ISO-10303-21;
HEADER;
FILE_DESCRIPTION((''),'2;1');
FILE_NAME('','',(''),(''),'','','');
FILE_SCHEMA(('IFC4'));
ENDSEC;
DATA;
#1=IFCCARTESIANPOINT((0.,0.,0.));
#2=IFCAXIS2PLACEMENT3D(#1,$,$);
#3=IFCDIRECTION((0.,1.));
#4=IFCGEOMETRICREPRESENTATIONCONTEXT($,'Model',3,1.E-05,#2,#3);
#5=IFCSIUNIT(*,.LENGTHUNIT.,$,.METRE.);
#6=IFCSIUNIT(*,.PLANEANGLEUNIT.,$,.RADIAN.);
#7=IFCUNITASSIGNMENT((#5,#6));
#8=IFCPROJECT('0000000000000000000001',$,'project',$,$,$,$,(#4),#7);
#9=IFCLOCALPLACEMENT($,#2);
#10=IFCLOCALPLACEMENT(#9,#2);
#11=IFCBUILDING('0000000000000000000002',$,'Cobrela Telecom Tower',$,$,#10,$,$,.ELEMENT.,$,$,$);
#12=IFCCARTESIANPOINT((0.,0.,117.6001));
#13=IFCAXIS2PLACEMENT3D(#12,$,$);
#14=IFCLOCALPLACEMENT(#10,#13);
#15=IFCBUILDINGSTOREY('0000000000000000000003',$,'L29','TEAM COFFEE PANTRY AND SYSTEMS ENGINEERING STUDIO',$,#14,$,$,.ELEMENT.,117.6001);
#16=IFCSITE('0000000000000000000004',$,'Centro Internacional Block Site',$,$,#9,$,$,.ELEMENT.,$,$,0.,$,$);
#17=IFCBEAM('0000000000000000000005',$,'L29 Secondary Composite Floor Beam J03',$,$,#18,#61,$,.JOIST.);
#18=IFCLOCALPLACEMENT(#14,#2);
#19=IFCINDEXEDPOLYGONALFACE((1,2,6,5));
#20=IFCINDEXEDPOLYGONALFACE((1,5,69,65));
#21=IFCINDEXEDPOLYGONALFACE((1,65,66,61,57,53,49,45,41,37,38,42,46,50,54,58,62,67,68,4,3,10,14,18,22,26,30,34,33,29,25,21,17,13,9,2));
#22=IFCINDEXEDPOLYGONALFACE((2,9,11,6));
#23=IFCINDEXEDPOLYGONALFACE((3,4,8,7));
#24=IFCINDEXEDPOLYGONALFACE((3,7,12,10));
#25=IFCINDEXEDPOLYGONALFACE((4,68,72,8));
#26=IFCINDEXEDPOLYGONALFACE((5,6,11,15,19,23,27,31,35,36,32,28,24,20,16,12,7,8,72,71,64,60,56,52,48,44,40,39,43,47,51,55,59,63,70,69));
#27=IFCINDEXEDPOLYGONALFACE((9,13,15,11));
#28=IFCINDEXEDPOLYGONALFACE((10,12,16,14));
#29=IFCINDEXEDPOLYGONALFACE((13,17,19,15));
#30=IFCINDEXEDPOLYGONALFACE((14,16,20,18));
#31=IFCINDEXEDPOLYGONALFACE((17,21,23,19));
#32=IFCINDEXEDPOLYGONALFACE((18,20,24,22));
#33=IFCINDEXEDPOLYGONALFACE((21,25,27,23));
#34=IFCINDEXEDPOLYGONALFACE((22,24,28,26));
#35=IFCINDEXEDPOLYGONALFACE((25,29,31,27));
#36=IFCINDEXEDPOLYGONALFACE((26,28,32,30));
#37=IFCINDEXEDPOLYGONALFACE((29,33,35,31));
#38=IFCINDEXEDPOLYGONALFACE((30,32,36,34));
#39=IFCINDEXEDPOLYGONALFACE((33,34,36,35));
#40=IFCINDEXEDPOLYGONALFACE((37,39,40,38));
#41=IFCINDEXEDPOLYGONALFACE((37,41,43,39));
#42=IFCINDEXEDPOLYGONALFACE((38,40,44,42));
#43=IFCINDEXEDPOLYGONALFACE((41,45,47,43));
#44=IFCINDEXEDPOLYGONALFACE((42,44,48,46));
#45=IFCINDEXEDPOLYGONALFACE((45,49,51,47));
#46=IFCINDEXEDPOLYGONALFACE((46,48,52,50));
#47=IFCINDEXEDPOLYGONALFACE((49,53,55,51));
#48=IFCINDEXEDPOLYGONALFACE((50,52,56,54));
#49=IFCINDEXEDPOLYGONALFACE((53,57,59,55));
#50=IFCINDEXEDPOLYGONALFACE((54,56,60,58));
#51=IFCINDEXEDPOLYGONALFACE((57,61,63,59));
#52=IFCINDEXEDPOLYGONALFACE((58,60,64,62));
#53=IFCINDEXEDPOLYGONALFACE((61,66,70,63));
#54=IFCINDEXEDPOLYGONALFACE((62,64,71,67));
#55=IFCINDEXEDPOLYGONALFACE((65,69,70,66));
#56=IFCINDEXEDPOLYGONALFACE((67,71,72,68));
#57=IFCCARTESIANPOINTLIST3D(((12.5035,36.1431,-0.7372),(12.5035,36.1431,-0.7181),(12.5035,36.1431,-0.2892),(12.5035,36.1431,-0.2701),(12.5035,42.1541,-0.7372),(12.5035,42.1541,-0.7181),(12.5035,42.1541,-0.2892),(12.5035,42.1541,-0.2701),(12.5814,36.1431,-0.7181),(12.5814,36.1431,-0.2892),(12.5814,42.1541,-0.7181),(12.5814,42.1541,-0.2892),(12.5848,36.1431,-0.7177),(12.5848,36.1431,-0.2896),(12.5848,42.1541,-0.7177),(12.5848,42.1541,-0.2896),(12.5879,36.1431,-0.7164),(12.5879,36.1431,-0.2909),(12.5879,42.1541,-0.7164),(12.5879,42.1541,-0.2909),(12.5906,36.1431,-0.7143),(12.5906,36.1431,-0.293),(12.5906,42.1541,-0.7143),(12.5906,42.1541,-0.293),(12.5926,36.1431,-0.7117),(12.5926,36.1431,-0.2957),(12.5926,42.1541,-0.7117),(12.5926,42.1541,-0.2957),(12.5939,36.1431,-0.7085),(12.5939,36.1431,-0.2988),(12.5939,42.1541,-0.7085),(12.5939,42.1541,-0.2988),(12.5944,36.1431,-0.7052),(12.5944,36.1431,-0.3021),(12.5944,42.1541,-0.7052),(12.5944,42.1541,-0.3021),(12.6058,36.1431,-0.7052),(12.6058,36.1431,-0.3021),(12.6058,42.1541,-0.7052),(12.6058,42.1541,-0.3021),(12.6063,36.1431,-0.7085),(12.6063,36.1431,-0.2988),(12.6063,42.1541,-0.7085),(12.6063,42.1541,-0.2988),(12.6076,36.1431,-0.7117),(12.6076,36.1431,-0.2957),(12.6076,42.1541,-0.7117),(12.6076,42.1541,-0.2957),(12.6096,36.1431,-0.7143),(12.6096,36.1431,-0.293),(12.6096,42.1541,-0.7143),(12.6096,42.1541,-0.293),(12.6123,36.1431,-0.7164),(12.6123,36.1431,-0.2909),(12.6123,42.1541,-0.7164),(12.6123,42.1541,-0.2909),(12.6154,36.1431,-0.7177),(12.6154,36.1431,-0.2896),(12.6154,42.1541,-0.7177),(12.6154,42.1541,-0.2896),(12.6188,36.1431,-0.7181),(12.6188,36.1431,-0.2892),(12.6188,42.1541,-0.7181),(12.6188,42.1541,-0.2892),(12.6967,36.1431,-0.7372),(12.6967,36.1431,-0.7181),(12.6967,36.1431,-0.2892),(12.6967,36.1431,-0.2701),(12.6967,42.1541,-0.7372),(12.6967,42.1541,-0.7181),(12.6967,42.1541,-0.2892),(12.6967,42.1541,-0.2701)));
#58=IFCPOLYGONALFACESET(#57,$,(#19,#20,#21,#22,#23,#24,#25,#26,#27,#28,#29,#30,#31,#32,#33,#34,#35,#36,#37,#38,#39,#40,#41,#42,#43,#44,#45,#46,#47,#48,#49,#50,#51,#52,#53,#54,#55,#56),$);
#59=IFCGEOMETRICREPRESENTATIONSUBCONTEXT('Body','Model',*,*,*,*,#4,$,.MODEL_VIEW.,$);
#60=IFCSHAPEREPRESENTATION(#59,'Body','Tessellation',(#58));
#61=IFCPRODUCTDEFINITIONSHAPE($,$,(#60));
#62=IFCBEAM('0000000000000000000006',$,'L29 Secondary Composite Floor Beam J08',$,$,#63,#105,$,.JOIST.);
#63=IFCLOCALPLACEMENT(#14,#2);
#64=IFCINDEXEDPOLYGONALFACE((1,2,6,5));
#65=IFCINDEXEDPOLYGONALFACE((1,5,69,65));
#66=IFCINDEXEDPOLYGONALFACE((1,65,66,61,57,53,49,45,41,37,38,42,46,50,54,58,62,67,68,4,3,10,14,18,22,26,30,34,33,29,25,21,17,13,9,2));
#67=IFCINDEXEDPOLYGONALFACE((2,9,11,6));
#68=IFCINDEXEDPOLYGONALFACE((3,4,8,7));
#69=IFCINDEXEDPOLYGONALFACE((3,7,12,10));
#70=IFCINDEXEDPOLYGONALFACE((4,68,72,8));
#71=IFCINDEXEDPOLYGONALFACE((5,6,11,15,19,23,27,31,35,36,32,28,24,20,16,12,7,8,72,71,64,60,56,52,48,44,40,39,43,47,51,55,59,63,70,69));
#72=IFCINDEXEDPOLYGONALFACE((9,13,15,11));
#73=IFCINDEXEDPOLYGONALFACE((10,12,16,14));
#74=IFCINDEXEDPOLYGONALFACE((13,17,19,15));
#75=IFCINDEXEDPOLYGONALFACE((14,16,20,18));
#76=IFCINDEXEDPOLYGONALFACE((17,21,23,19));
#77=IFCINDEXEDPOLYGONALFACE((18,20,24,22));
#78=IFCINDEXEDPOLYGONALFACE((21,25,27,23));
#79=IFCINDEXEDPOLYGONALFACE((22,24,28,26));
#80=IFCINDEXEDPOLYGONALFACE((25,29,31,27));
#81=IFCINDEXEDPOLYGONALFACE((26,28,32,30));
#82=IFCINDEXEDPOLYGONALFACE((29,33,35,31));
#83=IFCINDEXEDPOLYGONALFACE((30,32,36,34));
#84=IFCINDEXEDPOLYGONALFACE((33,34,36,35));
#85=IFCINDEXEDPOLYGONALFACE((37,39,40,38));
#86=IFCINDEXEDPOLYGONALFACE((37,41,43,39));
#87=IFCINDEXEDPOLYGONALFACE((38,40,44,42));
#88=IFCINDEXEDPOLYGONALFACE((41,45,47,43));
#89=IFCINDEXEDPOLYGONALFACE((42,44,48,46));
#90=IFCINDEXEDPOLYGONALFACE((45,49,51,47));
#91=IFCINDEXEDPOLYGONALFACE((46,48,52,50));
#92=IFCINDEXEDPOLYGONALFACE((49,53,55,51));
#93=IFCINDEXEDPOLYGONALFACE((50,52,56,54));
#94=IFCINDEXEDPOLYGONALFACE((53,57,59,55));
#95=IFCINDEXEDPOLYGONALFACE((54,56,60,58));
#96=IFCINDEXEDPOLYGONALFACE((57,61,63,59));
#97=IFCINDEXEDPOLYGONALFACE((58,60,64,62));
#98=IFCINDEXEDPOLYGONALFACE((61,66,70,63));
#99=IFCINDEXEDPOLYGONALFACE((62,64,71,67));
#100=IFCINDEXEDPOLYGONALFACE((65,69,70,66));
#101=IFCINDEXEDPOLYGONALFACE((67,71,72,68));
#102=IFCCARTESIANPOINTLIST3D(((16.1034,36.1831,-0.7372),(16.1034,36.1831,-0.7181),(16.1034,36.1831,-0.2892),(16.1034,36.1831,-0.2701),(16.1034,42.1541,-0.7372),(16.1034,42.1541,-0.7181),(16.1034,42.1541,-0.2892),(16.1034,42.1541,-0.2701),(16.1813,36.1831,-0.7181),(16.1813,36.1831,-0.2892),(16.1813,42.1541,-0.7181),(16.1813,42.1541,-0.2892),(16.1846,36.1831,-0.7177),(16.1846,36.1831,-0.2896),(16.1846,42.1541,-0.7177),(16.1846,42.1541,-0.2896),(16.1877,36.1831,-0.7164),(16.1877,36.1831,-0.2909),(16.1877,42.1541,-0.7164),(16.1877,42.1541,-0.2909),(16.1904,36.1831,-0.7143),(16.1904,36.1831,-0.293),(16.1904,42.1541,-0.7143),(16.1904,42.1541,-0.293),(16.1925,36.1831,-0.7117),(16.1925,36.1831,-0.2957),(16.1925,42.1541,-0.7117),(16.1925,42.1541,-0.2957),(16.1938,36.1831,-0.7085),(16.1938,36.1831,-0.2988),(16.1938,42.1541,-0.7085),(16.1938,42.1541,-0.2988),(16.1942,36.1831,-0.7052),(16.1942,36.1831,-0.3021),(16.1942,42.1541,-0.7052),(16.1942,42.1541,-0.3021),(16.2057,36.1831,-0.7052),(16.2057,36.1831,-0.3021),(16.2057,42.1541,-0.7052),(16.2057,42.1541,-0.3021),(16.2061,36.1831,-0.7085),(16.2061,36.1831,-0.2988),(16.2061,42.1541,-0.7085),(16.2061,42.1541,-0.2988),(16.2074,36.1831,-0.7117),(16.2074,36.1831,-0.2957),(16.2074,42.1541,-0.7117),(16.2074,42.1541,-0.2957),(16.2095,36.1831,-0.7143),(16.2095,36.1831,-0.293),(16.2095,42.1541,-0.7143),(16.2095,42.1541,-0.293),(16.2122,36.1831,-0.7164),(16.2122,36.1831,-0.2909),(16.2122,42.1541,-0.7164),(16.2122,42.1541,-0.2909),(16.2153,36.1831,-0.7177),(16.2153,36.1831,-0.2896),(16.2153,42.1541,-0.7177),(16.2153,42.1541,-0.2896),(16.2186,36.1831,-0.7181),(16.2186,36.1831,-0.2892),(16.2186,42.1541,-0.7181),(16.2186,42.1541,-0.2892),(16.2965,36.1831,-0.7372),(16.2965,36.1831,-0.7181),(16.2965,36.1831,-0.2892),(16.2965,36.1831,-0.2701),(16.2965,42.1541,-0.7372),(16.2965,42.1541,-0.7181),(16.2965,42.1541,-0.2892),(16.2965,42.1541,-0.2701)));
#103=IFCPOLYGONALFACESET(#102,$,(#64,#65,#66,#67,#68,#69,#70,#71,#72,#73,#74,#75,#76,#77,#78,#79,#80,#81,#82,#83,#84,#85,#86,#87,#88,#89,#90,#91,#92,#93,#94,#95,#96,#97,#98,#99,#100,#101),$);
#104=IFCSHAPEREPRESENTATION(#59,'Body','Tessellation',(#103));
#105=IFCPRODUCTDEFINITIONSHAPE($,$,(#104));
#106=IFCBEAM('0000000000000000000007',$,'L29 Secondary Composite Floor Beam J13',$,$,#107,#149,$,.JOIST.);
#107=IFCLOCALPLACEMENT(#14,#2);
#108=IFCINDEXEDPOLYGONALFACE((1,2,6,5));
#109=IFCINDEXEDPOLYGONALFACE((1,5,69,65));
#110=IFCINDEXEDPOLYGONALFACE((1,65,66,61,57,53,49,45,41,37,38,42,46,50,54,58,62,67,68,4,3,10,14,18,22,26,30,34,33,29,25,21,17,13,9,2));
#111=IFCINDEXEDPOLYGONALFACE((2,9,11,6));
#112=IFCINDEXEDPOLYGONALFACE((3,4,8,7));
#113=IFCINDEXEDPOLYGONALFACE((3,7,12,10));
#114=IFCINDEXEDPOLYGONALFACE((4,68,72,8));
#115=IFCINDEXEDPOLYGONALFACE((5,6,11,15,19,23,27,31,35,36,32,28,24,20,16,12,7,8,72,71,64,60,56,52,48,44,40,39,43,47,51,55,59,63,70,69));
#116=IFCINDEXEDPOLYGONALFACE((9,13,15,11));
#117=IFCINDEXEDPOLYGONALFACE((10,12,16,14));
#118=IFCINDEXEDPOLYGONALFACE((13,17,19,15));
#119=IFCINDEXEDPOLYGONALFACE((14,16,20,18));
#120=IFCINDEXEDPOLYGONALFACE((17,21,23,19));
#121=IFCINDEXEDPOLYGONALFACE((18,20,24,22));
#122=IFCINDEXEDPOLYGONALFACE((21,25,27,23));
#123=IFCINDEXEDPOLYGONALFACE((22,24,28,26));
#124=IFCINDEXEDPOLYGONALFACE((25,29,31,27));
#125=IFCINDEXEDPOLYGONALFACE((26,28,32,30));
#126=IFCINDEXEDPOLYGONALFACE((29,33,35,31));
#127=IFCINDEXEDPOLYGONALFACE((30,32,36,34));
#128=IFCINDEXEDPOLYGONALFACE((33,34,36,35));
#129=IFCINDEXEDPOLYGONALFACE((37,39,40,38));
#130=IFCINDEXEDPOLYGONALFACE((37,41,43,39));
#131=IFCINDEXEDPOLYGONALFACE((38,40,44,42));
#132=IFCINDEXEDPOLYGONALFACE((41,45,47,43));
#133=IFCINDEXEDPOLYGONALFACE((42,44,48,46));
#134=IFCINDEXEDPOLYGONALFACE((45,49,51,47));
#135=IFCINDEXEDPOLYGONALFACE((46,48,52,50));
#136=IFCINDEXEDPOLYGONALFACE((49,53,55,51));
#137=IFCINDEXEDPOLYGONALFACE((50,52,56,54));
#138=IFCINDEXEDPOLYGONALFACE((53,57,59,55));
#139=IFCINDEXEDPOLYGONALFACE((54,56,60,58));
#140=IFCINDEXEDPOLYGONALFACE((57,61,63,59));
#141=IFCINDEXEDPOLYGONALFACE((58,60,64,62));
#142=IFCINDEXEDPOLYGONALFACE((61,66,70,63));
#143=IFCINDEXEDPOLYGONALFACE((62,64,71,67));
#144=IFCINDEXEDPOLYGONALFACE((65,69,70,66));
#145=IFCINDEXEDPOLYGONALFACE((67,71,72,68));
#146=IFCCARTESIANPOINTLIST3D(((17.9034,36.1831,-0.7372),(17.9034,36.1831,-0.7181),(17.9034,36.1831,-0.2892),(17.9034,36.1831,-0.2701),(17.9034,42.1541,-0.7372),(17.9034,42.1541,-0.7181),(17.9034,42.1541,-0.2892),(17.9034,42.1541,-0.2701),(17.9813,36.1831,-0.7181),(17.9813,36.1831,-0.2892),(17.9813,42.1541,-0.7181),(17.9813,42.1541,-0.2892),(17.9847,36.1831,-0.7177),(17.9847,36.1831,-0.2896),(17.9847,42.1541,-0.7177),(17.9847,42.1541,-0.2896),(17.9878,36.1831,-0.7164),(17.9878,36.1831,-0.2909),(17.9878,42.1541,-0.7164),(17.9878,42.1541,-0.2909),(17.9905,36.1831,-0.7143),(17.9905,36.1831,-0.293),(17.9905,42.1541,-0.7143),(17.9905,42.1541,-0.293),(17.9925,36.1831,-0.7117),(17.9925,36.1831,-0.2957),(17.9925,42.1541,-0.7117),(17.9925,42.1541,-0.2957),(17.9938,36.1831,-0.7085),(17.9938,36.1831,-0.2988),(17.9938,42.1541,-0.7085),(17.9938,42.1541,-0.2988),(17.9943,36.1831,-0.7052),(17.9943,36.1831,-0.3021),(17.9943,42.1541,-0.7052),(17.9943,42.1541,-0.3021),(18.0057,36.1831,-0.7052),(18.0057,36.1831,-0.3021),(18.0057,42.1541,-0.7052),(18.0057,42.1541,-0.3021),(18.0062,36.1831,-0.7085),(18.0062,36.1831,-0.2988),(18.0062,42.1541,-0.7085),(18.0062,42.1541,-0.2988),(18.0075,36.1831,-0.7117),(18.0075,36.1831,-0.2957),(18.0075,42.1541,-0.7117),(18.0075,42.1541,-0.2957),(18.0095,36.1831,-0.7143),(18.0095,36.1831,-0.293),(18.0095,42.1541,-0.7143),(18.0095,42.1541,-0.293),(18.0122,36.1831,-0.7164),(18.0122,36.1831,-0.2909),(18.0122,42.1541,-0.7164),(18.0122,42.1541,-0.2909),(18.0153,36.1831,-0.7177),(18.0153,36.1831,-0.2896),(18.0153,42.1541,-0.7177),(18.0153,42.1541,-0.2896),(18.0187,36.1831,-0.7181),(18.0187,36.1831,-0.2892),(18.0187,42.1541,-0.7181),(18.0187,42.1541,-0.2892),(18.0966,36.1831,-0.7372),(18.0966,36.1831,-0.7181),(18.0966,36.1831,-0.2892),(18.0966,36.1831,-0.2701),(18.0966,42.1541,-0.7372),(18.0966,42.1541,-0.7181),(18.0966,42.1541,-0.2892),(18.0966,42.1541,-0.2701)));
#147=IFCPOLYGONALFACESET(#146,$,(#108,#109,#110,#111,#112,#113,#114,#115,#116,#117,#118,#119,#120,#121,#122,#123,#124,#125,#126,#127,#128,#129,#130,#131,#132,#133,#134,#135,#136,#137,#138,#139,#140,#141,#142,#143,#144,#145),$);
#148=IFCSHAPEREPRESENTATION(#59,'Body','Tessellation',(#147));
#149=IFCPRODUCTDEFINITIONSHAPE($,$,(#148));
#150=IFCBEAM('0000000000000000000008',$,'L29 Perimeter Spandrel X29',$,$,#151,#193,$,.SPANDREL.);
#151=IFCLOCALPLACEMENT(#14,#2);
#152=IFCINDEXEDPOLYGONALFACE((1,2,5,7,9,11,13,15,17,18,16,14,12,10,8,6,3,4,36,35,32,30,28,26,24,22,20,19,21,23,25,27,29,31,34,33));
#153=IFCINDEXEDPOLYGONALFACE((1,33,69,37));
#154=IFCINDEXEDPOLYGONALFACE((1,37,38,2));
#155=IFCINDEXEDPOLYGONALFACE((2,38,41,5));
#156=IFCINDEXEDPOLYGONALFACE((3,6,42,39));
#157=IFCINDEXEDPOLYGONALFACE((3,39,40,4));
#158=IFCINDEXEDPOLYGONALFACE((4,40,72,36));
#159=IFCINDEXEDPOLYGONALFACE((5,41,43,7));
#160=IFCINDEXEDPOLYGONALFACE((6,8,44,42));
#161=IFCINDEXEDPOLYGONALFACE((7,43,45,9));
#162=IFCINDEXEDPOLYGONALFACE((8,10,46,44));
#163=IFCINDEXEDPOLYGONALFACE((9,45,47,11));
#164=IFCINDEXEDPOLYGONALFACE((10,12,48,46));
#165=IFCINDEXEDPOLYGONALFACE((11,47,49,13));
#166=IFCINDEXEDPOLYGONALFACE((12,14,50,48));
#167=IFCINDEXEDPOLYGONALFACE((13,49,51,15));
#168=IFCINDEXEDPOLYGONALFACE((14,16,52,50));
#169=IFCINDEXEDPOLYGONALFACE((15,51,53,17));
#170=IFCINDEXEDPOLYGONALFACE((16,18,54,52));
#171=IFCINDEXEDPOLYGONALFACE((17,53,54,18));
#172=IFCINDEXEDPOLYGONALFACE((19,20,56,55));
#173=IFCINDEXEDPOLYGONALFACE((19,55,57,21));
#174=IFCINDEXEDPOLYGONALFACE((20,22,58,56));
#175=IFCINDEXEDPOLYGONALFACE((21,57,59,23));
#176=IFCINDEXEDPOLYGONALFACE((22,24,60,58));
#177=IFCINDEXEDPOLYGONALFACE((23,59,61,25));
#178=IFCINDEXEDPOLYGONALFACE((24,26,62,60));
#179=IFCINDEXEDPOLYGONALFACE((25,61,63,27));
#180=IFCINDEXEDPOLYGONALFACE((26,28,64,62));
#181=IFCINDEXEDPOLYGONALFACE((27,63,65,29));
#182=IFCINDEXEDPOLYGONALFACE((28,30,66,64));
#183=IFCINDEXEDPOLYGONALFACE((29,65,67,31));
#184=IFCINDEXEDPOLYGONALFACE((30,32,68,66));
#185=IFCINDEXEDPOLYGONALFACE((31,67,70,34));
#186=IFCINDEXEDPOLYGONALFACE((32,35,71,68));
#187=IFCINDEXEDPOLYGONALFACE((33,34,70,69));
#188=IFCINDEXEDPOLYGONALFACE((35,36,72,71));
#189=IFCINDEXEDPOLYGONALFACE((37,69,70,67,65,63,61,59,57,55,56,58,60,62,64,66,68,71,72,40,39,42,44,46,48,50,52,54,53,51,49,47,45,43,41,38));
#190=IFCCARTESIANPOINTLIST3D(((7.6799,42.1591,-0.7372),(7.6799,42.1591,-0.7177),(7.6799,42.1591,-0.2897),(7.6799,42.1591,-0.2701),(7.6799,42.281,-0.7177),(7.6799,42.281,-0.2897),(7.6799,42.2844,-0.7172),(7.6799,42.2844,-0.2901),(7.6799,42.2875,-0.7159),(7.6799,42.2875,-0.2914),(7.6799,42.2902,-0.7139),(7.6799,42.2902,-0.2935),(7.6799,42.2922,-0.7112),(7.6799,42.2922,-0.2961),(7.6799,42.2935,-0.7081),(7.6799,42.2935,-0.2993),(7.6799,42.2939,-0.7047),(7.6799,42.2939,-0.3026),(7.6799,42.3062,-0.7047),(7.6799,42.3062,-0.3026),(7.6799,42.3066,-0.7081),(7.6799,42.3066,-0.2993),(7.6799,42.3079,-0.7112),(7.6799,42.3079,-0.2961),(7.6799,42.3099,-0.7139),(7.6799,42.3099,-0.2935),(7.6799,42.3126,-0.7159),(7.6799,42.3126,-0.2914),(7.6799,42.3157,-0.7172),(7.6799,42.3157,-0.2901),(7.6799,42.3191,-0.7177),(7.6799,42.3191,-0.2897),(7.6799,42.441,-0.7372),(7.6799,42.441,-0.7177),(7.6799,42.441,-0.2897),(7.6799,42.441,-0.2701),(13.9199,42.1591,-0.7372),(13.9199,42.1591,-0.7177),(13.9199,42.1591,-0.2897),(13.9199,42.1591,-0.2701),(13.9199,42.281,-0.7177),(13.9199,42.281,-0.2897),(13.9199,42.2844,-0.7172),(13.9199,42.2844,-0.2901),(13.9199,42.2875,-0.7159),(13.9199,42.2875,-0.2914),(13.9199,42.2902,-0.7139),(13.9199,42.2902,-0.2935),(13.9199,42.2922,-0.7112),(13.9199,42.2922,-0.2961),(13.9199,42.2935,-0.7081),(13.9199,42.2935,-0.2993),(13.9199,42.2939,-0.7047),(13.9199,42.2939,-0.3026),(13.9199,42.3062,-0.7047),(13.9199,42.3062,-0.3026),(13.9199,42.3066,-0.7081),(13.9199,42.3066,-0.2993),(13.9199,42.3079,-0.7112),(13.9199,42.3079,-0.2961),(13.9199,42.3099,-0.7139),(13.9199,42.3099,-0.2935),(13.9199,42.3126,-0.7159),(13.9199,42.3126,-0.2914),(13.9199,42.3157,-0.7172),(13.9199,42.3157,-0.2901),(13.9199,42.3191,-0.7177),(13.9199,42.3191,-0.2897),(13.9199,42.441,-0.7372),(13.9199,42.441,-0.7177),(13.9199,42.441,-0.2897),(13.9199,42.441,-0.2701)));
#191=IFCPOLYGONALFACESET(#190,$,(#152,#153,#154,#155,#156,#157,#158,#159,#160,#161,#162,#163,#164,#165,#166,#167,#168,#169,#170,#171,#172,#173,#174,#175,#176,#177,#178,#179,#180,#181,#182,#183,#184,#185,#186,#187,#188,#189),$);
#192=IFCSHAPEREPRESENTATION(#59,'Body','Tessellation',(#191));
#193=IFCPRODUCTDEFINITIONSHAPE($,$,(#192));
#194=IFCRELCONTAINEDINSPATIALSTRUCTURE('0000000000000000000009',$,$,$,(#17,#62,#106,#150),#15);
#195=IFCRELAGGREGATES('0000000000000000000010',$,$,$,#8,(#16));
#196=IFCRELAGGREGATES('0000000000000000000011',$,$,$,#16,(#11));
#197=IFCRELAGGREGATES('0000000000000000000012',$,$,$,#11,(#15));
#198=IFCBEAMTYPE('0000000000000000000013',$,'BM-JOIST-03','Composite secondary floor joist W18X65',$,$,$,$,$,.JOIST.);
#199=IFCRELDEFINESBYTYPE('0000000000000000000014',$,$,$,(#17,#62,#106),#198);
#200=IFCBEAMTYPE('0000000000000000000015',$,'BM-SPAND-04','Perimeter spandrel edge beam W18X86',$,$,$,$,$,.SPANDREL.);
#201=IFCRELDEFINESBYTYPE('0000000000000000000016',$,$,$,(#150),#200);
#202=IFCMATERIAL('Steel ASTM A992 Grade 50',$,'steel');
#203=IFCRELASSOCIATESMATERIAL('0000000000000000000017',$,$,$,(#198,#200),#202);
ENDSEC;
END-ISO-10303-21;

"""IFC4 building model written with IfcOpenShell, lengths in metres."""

from ifc_helpers import new_model, si_unit, direction, frame, origin, origin_2d, place, context, subcontext, project, spatial, i_section, extrude, material, material_profile, profile_set, type_object, element, save


model = new_model("IFC4")

# Units and contexts
model_context = context("Model", 3, precision=1e-05, world=origin(), true_north=direction((0.0, 1.0)))
body_context = subcontext(model_context, "Body", "Model", "MODEL_VIEW")
ifc_project = project(units=[si_unit("LENGTHUNIT", "METRE"), si_unit("PLANEANGLEUNIT", "RADIAN")], contexts=[model_context])

# Site, building, storey
site_placement = place(None, origin())
site = spatial("IfcSite", under=ifc_project, at=site_placement, Name="Centro Internacional Block Site", CompositionType="ELEMENT", RefElevation=0.0)
building_placement = place(site_placement, origin())
building = spatial("IfcBuilding", under=site, at=building_placement, Name="Cobrela Telecom Tower", CompositionType="ELEMENT")
storey_placement = place(building_placement, frame((0.0, 0.0, 117.6001)))
storey = spatial("IfcBuildingStorey", under=building, at=storey_placement, Name="L29", Description="TEAM COFFEE PANTRY AND SYSTEMS ENGINEERING STUDIO", CompositionType="ELEMENT", Elevation=117.6001)

# Beams
ifc_material_1 = material(Name="Steel ASTM A992 Grade 50", Category="steel")
ifc_material_profile_1 = material_profile(ifc_material_1, i_section(OverallWidth=0.1931, OverallDepth=0.467, WebThickness=0.0115, FlangeThickness=0.019, FilletRadius=0.0129, at=origin_2d()), Name="W18X65")
ifc_profile_set_1 = profile_set([ifc_material_profile_1], Name="Steel ASTM A992 Grade 50")
beam_type_1 = type_object("IfcBeamType", Name="BM-JOIST-03", Description="Composite secondary floor joist W18X65", PredefinedType="JOIST", material=ifc_profile_set_1)
for number, where, z_axis, x_axis, name in (
    (1, (12.6001, 36.1431, -0.5037), (0.0, 1.0, 0.0), (-1.0, 0.0, 0.0), "L29 Secondary Composite Floor Beam J03"),
):
    element("IfcBeam", number, at=place(storey_placement, frame(where, z_axis=z_axis, x_axis=x_axis)), inside=storey, type_object=beam_type_1, Name=name, PredefinedType="JOIST", context=body_context, shape_type="SweptSolid", body=[
        extrude(i_section(OverallWidth=0.1931, OverallDepth=0.467, WebThickness=0.0115, FlangeThickness=0.019, FilletRadius=0.0129, at=origin_2d()), origin(), (0.0, 0.0, 1.0), 6.011),
    ])
for number, where, z_axis, x_axis, name in (
    (2, (16.2, 36.1831, -0.5037), (0.0, 1.0, 0.0), (-1.0, 0.0, 0.0), "L29 Secondary Composite Floor Beam J08"),
    (3, (18.0, 36.1831, -0.5037), (0.0, 1.0, 0.0), (-1.0, 0.0, 0.0), "L29 Secondary Composite Floor Beam J13"),
):
    element("IfcBeam", number, at=place(storey_placement, frame(where, z_axis=z_axis, x_axis=x_axis)), inside=storey, type_object=beam_type_1, Name=name, PredefinedType="JOIST", context=body_context, shape_type="SweptSolid", body=[
        extrude(i_section(OverallWidth=0.1931, OverallDepth=0.467, WebThickness=0.0115, FlangeThickness=0.019, FilletRadius=0.0129, at=origin_2d()), origin(), (0.0, 0.0, 1.0), 5.9709),
    ])
ifc_material_profile_2 = material_profile(ifc_material_1, i_section(OverallWidth=0.282, OverallDepth=0.467, WebThickness=0.0122, FlangeThickness=0.0195, FilletRadius=0.0129, at=origin_2d()), Name="W18X86")
ifc_profile_set_2 = profile_set([ifc_material_profile_2], Name="Steel ASTM A992 Grade 50")
beam_type_2 = type_object("IfcBeamType", Name="BM-SPAND-04", Description="Perimeter spandrel edge beam W18X86", PredefinedType="SPANDREL", material=ifc_profile_set_2)
beam_1_placement = place(storey_placement, frame((7.6799, 42.3, -0.5037), z_axis=(1.0, 0.0, 0.0), x_axis=(0.0, 1.0, 0.0)))
element("IfcBeam", 4, at=beam_1_placement, inside=storey, type_object=beam_type_2, Name="L29 Perimeter Spandrel X29", PredefinedType="SPANDREL", context=body_context, shape_type="SweptSolid", body=[
    extrude(i_section(OverallWidth=0.282, OverallDepth=0.467, WebThickness=0.0122, FlangeThickness=0.0195, FilletRadius=0.0129, at=origin_2d()), origin(), (0.0, 0.0, 1.0), 6.24),
])

save(model, "model.ifc")
